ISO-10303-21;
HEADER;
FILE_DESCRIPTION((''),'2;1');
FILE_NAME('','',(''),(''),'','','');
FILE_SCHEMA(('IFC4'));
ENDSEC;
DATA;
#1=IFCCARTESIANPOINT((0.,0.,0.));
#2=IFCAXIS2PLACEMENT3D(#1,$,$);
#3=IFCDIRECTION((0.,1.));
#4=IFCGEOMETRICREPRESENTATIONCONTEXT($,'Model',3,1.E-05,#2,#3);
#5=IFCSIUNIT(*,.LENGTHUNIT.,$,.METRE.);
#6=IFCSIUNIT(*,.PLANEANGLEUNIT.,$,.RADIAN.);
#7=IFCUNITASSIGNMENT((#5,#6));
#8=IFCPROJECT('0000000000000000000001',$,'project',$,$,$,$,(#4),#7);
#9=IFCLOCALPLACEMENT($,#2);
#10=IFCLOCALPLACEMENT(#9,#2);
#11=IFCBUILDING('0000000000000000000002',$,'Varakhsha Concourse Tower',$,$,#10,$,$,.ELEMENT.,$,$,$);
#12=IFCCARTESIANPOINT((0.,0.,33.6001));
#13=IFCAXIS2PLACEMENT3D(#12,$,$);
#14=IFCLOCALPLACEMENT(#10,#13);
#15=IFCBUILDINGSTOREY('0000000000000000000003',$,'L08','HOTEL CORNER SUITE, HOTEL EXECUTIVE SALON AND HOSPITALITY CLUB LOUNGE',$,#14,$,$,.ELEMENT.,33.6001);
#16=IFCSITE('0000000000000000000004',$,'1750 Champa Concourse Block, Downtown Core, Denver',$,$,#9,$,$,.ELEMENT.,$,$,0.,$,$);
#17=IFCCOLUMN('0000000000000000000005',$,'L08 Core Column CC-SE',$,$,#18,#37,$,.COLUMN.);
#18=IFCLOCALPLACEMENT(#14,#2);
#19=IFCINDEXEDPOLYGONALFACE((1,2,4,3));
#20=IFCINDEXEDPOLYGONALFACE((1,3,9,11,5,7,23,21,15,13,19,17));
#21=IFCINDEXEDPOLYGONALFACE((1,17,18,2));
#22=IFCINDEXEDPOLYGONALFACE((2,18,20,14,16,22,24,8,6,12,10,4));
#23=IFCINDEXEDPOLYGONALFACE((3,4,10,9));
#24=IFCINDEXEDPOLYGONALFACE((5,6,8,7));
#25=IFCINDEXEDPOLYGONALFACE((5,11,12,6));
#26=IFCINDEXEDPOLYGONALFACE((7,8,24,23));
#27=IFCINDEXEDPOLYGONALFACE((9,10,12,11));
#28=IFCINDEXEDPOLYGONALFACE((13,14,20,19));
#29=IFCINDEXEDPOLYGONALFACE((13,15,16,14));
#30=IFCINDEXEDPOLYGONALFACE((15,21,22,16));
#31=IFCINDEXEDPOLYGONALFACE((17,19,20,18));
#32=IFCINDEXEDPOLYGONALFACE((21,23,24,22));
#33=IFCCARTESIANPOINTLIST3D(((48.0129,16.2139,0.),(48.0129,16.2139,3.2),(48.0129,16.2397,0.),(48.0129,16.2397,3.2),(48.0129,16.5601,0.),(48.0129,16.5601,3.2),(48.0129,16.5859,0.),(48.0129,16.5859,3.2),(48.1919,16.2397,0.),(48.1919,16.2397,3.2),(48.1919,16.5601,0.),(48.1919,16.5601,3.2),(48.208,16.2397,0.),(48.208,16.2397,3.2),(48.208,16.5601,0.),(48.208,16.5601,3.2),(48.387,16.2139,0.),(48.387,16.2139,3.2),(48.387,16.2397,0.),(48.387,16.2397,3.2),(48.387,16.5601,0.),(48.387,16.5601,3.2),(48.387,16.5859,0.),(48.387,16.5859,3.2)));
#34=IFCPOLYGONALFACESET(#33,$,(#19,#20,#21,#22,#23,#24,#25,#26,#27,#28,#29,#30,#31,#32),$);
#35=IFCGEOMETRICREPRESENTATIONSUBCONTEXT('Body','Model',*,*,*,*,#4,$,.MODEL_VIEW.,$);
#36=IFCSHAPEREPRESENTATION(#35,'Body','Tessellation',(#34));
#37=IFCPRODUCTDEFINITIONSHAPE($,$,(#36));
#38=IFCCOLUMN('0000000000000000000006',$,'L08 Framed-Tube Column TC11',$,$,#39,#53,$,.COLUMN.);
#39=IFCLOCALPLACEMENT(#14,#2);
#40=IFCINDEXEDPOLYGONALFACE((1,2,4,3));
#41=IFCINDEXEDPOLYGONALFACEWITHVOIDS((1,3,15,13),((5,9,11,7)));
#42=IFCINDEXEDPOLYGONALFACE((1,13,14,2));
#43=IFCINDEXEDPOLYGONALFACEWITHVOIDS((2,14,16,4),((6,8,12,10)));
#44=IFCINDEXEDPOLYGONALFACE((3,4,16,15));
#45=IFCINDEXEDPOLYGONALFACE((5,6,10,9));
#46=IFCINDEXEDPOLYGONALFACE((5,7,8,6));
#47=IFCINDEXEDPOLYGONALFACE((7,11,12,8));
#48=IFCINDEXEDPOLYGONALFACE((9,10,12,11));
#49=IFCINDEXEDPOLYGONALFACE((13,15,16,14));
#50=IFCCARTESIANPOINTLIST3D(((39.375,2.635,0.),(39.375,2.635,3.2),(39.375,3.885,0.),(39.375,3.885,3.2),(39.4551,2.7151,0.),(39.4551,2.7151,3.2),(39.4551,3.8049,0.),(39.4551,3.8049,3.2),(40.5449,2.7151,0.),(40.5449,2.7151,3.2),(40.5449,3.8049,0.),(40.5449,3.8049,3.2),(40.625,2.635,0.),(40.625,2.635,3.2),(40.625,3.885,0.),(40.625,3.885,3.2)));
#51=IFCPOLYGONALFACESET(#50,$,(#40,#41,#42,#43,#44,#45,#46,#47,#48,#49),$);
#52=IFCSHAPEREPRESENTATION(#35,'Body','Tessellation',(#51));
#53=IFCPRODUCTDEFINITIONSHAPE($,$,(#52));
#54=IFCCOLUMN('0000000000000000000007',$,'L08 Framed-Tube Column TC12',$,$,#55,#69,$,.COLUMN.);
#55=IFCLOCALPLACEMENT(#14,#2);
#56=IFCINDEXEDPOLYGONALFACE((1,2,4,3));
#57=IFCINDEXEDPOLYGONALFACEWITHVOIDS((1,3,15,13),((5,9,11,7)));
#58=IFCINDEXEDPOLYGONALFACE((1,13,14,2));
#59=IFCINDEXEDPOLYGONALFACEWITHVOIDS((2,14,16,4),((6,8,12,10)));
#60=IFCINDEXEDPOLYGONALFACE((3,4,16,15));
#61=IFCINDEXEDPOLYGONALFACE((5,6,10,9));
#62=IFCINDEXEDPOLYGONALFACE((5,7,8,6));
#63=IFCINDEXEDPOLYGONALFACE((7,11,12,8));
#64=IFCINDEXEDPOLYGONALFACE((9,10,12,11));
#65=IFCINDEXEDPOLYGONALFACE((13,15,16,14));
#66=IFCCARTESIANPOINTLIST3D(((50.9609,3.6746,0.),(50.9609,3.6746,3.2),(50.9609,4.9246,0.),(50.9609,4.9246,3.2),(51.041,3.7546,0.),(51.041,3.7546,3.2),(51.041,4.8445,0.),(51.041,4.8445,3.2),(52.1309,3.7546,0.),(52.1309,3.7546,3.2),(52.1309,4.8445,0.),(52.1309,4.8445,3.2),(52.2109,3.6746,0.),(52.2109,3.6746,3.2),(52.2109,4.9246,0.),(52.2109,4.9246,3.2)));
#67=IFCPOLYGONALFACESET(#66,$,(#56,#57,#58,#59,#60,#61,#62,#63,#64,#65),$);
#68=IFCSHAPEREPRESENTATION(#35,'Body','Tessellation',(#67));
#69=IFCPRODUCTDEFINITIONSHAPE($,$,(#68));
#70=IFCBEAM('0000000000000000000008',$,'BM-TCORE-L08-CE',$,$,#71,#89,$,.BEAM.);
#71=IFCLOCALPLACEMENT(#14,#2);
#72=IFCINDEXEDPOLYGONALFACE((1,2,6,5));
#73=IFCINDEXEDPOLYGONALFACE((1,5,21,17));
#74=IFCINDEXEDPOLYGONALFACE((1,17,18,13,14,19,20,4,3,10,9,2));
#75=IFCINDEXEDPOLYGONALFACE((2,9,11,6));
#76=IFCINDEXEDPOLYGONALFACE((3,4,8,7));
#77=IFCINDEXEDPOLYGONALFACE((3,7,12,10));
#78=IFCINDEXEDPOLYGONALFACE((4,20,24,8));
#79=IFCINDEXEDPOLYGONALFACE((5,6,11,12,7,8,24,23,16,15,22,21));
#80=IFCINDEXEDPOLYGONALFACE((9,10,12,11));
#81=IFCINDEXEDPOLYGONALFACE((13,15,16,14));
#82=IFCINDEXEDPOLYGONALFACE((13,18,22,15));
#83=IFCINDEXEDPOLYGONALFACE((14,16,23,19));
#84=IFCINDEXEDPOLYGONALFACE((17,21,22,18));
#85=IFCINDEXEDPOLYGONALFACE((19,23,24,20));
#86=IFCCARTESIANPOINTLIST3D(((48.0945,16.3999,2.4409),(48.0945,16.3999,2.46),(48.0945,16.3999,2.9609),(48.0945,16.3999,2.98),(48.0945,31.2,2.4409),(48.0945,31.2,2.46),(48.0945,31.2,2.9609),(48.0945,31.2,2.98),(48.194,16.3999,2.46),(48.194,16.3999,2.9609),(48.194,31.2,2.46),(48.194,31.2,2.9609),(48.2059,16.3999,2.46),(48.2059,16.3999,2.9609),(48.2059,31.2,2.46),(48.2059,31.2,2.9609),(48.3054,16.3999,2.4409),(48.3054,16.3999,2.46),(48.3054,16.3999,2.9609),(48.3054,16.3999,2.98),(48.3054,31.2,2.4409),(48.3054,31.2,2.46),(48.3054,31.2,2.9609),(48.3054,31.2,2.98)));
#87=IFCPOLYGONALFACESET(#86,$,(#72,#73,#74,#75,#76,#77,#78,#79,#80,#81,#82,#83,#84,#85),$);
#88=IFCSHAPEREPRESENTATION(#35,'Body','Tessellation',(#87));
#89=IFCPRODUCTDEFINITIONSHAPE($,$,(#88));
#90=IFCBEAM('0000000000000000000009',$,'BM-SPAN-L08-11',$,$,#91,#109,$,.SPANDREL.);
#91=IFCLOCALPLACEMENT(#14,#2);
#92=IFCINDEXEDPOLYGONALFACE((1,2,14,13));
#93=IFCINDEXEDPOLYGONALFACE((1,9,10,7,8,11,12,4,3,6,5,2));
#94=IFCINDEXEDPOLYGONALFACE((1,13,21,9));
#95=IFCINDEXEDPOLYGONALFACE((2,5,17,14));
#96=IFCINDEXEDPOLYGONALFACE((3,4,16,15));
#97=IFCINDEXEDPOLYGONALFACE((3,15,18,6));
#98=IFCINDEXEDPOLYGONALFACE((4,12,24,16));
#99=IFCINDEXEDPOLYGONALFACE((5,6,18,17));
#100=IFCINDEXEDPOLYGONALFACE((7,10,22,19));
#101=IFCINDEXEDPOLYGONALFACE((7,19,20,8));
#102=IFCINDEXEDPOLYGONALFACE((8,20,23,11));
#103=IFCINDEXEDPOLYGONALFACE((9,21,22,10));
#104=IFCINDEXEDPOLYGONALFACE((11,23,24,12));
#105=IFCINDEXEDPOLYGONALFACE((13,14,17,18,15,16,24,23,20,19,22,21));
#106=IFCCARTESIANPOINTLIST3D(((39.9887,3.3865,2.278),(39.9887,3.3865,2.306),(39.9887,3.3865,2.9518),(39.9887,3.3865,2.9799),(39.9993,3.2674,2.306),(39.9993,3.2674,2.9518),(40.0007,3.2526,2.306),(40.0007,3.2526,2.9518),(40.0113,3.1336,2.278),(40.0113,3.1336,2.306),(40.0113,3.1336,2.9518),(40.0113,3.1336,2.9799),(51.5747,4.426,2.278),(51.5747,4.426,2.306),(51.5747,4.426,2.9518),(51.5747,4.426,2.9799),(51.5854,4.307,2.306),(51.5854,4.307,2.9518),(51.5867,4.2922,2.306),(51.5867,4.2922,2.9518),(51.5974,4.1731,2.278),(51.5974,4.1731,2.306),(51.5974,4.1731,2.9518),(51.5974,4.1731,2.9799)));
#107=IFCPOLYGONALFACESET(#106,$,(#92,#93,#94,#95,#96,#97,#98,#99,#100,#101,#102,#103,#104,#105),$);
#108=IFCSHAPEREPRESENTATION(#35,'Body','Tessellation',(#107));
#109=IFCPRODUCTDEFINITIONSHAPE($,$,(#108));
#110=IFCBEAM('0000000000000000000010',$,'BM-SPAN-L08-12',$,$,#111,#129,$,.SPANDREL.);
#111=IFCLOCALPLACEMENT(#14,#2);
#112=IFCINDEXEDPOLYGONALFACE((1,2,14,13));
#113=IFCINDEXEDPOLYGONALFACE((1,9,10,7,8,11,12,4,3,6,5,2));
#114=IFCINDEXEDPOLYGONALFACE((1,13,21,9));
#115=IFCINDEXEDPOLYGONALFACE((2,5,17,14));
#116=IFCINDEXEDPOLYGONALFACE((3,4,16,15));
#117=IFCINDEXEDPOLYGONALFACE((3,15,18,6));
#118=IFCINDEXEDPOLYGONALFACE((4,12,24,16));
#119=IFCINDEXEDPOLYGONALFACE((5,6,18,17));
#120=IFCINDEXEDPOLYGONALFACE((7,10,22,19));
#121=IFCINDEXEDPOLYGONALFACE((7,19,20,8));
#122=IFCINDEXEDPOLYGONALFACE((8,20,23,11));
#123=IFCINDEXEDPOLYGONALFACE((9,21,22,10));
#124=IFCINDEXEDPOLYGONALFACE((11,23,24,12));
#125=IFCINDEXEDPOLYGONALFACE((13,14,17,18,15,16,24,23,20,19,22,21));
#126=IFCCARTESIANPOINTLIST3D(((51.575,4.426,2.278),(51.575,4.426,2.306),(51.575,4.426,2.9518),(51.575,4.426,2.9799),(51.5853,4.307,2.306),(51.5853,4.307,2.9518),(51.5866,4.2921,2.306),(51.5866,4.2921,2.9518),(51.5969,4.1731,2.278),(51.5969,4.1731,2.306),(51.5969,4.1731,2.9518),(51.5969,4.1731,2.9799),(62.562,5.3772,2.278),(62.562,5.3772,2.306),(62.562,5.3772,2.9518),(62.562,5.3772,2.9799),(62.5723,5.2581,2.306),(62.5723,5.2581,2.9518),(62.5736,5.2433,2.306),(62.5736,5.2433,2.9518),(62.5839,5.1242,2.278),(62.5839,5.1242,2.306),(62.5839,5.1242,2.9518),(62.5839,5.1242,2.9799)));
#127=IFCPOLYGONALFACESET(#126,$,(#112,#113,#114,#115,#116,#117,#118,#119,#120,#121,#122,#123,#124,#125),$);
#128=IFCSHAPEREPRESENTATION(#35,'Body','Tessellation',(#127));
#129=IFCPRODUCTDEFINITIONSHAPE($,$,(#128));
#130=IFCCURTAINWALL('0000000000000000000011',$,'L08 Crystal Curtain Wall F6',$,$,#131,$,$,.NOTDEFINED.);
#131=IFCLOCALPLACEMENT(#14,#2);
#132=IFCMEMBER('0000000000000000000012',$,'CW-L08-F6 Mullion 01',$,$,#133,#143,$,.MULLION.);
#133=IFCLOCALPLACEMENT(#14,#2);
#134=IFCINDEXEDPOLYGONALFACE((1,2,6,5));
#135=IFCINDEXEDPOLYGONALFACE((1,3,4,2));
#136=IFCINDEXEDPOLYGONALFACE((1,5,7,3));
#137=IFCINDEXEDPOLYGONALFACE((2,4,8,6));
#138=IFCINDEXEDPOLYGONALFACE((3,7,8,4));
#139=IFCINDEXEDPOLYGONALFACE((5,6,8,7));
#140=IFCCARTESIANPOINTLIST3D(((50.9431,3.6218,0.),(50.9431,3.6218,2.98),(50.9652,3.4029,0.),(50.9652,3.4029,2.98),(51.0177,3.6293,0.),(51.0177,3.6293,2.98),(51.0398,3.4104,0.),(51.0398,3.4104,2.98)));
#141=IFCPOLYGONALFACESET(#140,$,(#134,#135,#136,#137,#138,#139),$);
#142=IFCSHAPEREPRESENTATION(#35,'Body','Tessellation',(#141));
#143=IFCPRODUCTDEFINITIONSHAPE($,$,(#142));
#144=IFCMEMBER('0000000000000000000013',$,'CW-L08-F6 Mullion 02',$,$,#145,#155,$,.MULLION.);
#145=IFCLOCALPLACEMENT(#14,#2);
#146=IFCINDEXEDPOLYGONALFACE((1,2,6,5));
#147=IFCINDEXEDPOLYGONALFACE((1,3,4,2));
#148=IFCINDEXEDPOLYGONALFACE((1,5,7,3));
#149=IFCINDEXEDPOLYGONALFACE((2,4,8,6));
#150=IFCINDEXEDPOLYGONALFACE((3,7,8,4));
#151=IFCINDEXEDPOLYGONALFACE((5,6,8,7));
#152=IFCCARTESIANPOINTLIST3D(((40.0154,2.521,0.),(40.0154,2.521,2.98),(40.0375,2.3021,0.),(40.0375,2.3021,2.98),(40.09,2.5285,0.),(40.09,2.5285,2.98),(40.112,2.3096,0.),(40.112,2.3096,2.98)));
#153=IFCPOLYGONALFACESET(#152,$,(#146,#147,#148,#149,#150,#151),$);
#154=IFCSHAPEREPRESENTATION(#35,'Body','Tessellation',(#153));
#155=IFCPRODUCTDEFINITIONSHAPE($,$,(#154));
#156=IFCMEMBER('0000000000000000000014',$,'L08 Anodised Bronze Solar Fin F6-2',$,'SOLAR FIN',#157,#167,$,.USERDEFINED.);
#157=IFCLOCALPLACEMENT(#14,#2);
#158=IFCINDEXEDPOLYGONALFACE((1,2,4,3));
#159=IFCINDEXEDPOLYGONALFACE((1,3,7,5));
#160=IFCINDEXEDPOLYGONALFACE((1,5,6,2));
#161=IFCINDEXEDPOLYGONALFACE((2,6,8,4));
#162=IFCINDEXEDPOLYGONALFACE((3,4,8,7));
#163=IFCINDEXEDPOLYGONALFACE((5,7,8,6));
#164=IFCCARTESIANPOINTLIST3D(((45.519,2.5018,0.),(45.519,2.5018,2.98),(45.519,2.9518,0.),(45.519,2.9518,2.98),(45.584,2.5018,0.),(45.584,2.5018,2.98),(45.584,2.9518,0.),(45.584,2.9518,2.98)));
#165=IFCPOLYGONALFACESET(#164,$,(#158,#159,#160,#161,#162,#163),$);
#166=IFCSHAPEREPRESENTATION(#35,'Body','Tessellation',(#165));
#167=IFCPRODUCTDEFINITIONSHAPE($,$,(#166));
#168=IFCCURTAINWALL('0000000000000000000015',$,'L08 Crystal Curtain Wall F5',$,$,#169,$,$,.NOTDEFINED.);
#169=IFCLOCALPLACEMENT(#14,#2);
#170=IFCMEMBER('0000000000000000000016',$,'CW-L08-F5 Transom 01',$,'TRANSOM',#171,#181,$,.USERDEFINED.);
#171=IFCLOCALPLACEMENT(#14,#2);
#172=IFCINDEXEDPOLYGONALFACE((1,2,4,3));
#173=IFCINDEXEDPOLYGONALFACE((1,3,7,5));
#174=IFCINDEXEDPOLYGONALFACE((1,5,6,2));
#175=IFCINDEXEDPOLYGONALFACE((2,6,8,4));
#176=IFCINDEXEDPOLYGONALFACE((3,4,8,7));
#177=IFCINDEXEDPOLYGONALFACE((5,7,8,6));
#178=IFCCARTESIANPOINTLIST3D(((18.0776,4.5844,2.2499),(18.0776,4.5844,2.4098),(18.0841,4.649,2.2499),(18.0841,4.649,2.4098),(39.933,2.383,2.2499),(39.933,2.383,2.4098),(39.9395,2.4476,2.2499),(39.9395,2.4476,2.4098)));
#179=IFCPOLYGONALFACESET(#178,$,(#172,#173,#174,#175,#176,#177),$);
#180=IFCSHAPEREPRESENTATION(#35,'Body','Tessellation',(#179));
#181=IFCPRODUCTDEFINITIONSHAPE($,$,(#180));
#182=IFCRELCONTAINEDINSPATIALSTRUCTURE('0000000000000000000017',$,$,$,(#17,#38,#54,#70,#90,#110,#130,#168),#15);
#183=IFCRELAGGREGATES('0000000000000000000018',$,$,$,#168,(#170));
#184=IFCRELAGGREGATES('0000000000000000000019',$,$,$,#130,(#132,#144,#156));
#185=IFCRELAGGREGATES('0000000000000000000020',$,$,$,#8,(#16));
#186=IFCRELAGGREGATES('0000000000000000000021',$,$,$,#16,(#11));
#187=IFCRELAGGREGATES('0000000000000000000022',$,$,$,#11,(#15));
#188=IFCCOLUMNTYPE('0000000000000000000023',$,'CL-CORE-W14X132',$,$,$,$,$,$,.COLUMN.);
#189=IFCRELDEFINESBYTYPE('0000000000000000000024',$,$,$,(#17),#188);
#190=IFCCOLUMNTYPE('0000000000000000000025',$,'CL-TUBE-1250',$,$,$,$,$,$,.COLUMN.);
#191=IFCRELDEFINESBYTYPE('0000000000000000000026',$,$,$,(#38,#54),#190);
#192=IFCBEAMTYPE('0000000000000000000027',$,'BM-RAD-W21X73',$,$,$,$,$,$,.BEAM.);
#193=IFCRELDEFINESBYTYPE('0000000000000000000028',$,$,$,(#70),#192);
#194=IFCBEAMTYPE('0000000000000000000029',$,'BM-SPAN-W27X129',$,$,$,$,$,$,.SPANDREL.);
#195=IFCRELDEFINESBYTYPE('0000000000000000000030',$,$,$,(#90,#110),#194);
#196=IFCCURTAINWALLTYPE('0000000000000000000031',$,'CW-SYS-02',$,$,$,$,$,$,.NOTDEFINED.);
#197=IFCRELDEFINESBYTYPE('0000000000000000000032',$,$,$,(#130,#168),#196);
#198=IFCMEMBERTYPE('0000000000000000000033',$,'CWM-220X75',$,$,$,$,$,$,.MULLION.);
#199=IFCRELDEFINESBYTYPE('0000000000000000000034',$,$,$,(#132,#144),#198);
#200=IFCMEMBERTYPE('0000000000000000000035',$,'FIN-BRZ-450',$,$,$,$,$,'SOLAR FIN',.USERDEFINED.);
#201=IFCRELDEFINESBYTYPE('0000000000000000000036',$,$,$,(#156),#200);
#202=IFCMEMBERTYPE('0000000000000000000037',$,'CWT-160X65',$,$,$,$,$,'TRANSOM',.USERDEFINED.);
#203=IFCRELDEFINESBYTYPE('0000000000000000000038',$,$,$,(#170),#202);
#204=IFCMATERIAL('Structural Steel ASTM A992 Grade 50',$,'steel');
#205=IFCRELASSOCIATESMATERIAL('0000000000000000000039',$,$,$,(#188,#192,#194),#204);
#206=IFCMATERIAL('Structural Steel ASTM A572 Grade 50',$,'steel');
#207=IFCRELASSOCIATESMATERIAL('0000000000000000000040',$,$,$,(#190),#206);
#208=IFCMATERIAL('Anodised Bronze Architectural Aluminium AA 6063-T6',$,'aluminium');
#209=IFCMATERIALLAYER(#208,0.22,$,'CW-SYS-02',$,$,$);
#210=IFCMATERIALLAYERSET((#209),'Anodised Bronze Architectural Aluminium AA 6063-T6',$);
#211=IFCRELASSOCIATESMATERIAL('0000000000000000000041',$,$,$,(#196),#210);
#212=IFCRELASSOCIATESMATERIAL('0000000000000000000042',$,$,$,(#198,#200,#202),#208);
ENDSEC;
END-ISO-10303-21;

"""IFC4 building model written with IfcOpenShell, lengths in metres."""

from ifc_helpers import new_model, si_unit, direction, frame, origin, origin_2d, place, context, subcontext, project, spatial, rectangle, hollow_rectangle, i_section, extrude, source, transform, mapped, material, layer, layer_set, material_profile, profile_set, type_object, type_shapes, element, aggregate, save


model = new_model("IFC4")

# Units and contexts
model_context = context("Model", 3, precision=1e-05, world=origin(), true_north=direction((0.0, 1.0)))
body_context = subcontext(model_context, "Body", "Model", "MODEL_VIEW")
ifc_project = project(units=[si_unit("LENGTHUNIT", "METRE"), si_unit("PLANEANGLEUNIT", "RADIAN")], contexts=[model_context])

# Site, building, storey
site_placement = place(None, origin())
site = spatial("IfcSite", under=ifc_project, at=site_placement, Name="1750 Champa Concourse Block, Downtown Core, Denver", CompositionType="ELEMENT", RefElevation=0.0)
building_placement = place(site_placement, origin())
building = spatial("IfcBuilding", under=site, at=building_placement, Name="Varakhsha Concourse Tower", CompositionType="ELEMENT")
storey_placement = place(building_placement, frame((0.0, 0.0, 33.6001)))
storey = spatial("IfcBuildingStorey", under=building, at=storey_placement, Name="L08", Description="HOTEL CORNER SUITE, HOTEL EXECUTIVE SALON AND HOSPITALITY CLUB LOUNGE", CompositionType="ELEMENT", Elevation=33.6001)

# Columns
ifc_material_1 = material(Name="Structural Steel ASTM A992 Grade 50", Category="steel")
ifc_material_profile_1 = material_profile(ifc_material_1, i_section(OverallWidth=0.374, OverallDepth=0.3721, WebThickness=0.0161, FlangeThickness=0.0259, at=origin_2d()), Name="W14X132")
ifc_profile_set_1 = profile_set([ifc_material_profile_1], Name="Structural Steel ASTM A992 Grade 50")
column_type_1 = type_object("IfcColumnType", Name="CL-CORE-W14X132", PredefinedType="COLUMN", material=ifc_profile_set_1)
column_placement = place(storey_placement, frame((48.2, 16.3999, 0.0), z_axis=(0.0, 0.0, 1.0), x_axis=(1.0, 0.0, 0.0)))
element("IfcColumn", 1, at=column_placement, inside=storey, type_object=column_type_1, Name="L08 Core Column CC-SE", PredefinedType="COLUMN", context=body_context, shape_type="SweptSolid", body=[
    extrude(i_section(OverallWidth=0.374, OverallDepth=0.3721, WebThickness=0.0161, FlangeThickness=0.0259, at=origin_2d()), origin(), (0.0, 0.0, 1.0), 3.2),
])
ifc_material_2 = material(Name="Structural Steel ASTM A572 Grade 50", Category="steel")
ifc_material_profile_2 = material_profile(ifc_material_2, hollow_rectangle(XDim=1.25, YDim=1.25, WallThickness=0.0801, at=origin_2d()), Name="BOX 1250x1250x80")
ifc_profile_set_2 = profile_set([ifc_material_profile_2], Name="Structural Steel ASTM A572 Grade 50")
column_type_2 = type_object("IfcColumnType", Name="CL-TUBE-1250", PredefinedType="COLUMN", material=ifc_profile_set_2)
for number, where, z_axis, x_axis, name in (
    (2, (40.0, 3.26, 0.0), (0.0, 0.0, 1.0), (1.0, 0.0, 0.0), "L08 Framed-Tube Column TC11"),
    (3, (51.5859, 4.2996, 0.0), (0.0, 0.0, 1.0), (1.0, 0.0, 0.0), "L08 Framed-Tube Column TC12"),
):
    element("IfcColumn", number, at=place(storey_placement, frame(where, z_axis=z_axis, x_axis=x_axis)), inside=storey, type_object=column_type_2, Name=name, PredefinedType="COLUMN", context=body_context, shape_type="SweptSolid", body=[
        extrude(hollow_rectangle(XDim=1.25, YDim=1.25, WallThickness=0.0801, at=origin_2d()), origin(), (0.0, 0.0, 1.0), 3.2),
    ])

# Beams
ifc_material_profile_3 = material_profile(ifc_material_1, i_section(OverallWidth=0.2109, OverallDepth=0.5391, WebThickness=0.012, FlangeThickness=0.019, at=origin_2d()), Name="W21X73")
ifc_profile_set_3 = profile_set([ifc_material_profile_3], Name="Structural Steel ASTM A992 Grade 50")
beam_type_1 = type_object("IfcBeamType", Name="BM-RAD-W21X73", PredefinedType="BEAM", material=ifc_profile_set_3)
beam_1_placement = place(storey_placement, frame((48.2, 16.3999, 2.7104), z_axis=(0.0, 1.0, 0.0), x_axis=(-1.0, 0.0, 0.0)))
element("IfcBeam", 4, at=beam_1_placement, inside=storey, type_object=beam_type_1, Name="BM-TCORE-L08-CE", PredefinedType="BEAM", context=body_context, shape_type="SweptSolid", body=[
    extrude(i_section(OverallWidth=0.2109, OverallDepth=0.5391, WebThickness=0.012, FlangeThickness=0.019, at=origin_2d()), origin(), (0.0, 0.0, 1.0), 14.8),
])
ifc_material_profile_4 = material_profile(ifc_material_1, i_section(OverallWidth=0.2539, OverallDepth=0.7019, WebThickness=0.0149, FlangeThickness=0.0281, at=origin_2d()), Name="W27X129")
ifc_profile_set_4 = profile_set([ifc_material_profile_4], Name="Structural Steel ASTM A992 Grade 50")
beam_type_2 = type_object("IfcBeamType", Name="BM-SPAN-W27X129", PredefinedType="SPANDREL", material=ifc_profile_set_4)
beam_2_placement = place(storey_placement, frame((40.0, 3.26, 2.6289), z_axis=(0.995999, 0.089366, 0.0), x_axis=(-0.089366, 0.995999, 0.0)))
element("IfcBeam", 5, at=beam_2_placement, inside=storey, type_object=beam_type_2, Name="BM-SPAN-L08-11", PredefinedType="SPANDREL", context=body_context, shape_type="SweptSolid", body=[
    extrude(i_section(OverallWidth=0.2539, OverallDepth=0.7019, WebThickness=0.0149, FlangeThickness=0.0281, at=origin_2d()), origin(), (0.0, 0.0, 1.0), 11.6326),
])
beam_3_placement = place(storey_placement, frame((51.5859, 4.2996, 2.6289), z_axis=(0.996274, 0.086249, 0.0), x_axis=(-0.086249, 0.996274, 0.0)))
element("IfcBeam", 6, at=beam_3_placement, inside=storey, type_object=beam_type_2, Name="BM-SPAN-L08-12", PredefinedType="SPANDREL", context=body_context, shape_type="SweptSolid", body=[
    extrude(i_section(OverallWidth=0.2539, OverallDepth=0.7019, WebThickness=0.0149, FlangeThickness=0.0281, at=origin_2d()), origin(), (0.0, 0.0, 1.0), 11.0281),
])

# Curtain wall, members
ifc_material_3 = material(Name="Anodised Bronze Architectural Aluminium AA 6063-T6", Category="aluminium")
ifc_layer_1 = layer(ifc_material_3, 0.22, Name="CW-SYS-02")
ifc_layer_set_1 = layer_set([ifc_layer_1], Name="Anodised Bronze Architectural Aluminium AA 6063-T6")
curtain_wall_type = type_object("IfcCurtainWallType", Name="CW-SYS-02", PredefinedType="NOTDEFINED", material=ifc_layer_set_1)
curtain_wall_1_placement = place(storey_placement, origin())
curtain_wall_1 = element("IfcCurtainWall", 7, at=curtain_wall_1_placement, inside=storey, type_object=curtain_wall_type, Name="L08 Crystal Curtain Wall F6", PredefinedType="NOTDEFINED")
ifc_material_profile_5 = material_profile(ifc_material_3, rectangle(XDim=0.075, YDim=0.22, at=origin_2d()), Name="CWM-220X75")
ifc_profile_set_5 = profile_set([ifc_material_profile_5], Name="Anodised Bronze Architectural Aluminium AA 6063-T6")
member_type_1 = type_object("IfcMemberType", Name="CWM-220X75", PredefinedType="MULLION", material=ifc_profile_set_5)
shared_shape_1 = source(origin(), body_context, "Body", "SweptSolid", [
    extrude(rectangle(XDim=0.075, YDim=0.22, at=origin_2d()), origin(), (0.0, 0.0, 1.0), 2.98),
])
type_shapes(member_type_1, [shared_shape_1])
member_1_placement = place(storey_placement, frame((50.9915, 3.5161, 0.0), z_axis=(0.0, 0.0, 1.0), x_axis=(-0.994965, -0.100226, 0.0)))
member_1 = element("IfcMember", 8, at=member_1_placement, type_object=member_type_1, Name="CW-L08-F6 Mullion 01", PredefinedType="MULLION", context=body_context, shape_type="MappedRepresentation", body=[
    mapped(shared_shape_1, transform((0.0, 0.0, 0.0), scale=1.0)),
])
member_2_placement = place(storey_placement, frame((40.0637, 2.4153, 0.0), z_axis=(0.0, 0.0, 1.0), x_axis=(-0.994965, -0.100226, 0.0)))
member_2 = element("IfcMember", 9, at=member_2_placement, type_object=member_type_1, Name="CW-L08-F6 Mullion 02", PredefinedType="MULLION", context=body_context, shape_type="MappedRepresentation", body=[
    mapped(shared_shape_1, transform((0.0, 0.0, 0.0), scale=1.0)),
])
ifc_material_profile_6 = material_profile(ifc_material_3, rectangle(XDim=0.0649, YDim=0.45, at=origin_2d()), Name="FIN-BRZ-450")
ifc_profile_set_6 = profile_set([ifc_material_profile_6], Name="Anodised Bronze Architectural Aluminium AA 6063-T6")
member_type_2 = type_object("IfcMemberType", Name="FIN-BRZ-450", ElementType="SOLAR FIN", PredefinedType="USERDEFINED", material=ifc_profile_set_6)
shared_shape_2 = source(origin(), body_context, "Body", "SweptSolid", [
    extrude(rectangle(XDim=0.0649, YDim=0.45, at=origin_2d()), origin(), (0.0, 0.0, 1.0), 2.98),
])
type_shapes(member_type_2, [shared_shape_2])
member_3_placement = place(storey_placement, frame((45.5515, 2.7268, 0.0), z_axis=(0.0, 0.0, 1.0), x_axis=(1.0, 0.0, 0.0)))
member_3 = element("IfcMember", 10, at=member_3_placement, type_object=member_type_2, Name="L08 Anodised Bronze Solar Fin F6-2", ObjectType="SOLAR FIN", PredefinedType="USERDEFINED", context=body_context, shape_type="MappedRepresentation", body=[
    mapped(shared_shape_2, transform((0.0, 0.0, 0.0), scale=1.0)),
])

# Curtain wall, member
curtain_wall_2_placement = place(storey_placement, origin())
curtain_wall_2 = element("IfcCurtainWall", 11, at=curtain_wall_2_placement, inside=storey, type_object=curtain_wall_type, Name="L08 Crystal Curtain Wall F5", PredefinedType="NOTDEFINED")
ifc_material_profile_7 = material_profile(ifc_material_3, rectangle(XDim=0.0649, YDim=0.1599, at=origin_2d()), Name="CWT-160X65")
ifc_profile_set_7 = profile_set([ifc_material_profile_7], Name="Anodised Bronze Architectural Aluminium AA 6063-T6")
member_type_3 = type_object("IfcMemberType", Name="CWT-160X65", ElementType="TRANSOM", PredefinedType="USERDEFINED", material=ifc_profile_set_7)
shared_shape_3 = source(origin(), body_context, "Body", "SweptSolid", [
    extrude(rectangle(XDim=0.0649, YDim=0.1599, at=origin_2d()), origin(), (0.0, 0.0, 1.0), 21.9661),
])
type_shapes(member_type_3, [shared_shape_3])
member_4_placement = place(storey_placement, frame((39.9363, 2.4153, 2.3298), z_axis=(-0.994965, 0.100219, 0.0), x_axis=(-0.100219, -0.994965, 0.0)))
member_4 = element("IfcMember", 12, at=member_4_placement, type_object=member_type_3, Name="CW-L08-F5 Transom 01", ObjectType="TRANSOM", PredefinedType="USERDEFINED", context=body_context, shape_type="MappedRepresentation", body=[
    mapped(shared_shape_3, transform((0.0, 0.0, 0.0), scale=1.0)),
])
aggregate(curtain_wall_2, [member_4])

aggregate(curtain_wall_1, [member_1, member_2, member_3])

save(model, "model.ifc")
